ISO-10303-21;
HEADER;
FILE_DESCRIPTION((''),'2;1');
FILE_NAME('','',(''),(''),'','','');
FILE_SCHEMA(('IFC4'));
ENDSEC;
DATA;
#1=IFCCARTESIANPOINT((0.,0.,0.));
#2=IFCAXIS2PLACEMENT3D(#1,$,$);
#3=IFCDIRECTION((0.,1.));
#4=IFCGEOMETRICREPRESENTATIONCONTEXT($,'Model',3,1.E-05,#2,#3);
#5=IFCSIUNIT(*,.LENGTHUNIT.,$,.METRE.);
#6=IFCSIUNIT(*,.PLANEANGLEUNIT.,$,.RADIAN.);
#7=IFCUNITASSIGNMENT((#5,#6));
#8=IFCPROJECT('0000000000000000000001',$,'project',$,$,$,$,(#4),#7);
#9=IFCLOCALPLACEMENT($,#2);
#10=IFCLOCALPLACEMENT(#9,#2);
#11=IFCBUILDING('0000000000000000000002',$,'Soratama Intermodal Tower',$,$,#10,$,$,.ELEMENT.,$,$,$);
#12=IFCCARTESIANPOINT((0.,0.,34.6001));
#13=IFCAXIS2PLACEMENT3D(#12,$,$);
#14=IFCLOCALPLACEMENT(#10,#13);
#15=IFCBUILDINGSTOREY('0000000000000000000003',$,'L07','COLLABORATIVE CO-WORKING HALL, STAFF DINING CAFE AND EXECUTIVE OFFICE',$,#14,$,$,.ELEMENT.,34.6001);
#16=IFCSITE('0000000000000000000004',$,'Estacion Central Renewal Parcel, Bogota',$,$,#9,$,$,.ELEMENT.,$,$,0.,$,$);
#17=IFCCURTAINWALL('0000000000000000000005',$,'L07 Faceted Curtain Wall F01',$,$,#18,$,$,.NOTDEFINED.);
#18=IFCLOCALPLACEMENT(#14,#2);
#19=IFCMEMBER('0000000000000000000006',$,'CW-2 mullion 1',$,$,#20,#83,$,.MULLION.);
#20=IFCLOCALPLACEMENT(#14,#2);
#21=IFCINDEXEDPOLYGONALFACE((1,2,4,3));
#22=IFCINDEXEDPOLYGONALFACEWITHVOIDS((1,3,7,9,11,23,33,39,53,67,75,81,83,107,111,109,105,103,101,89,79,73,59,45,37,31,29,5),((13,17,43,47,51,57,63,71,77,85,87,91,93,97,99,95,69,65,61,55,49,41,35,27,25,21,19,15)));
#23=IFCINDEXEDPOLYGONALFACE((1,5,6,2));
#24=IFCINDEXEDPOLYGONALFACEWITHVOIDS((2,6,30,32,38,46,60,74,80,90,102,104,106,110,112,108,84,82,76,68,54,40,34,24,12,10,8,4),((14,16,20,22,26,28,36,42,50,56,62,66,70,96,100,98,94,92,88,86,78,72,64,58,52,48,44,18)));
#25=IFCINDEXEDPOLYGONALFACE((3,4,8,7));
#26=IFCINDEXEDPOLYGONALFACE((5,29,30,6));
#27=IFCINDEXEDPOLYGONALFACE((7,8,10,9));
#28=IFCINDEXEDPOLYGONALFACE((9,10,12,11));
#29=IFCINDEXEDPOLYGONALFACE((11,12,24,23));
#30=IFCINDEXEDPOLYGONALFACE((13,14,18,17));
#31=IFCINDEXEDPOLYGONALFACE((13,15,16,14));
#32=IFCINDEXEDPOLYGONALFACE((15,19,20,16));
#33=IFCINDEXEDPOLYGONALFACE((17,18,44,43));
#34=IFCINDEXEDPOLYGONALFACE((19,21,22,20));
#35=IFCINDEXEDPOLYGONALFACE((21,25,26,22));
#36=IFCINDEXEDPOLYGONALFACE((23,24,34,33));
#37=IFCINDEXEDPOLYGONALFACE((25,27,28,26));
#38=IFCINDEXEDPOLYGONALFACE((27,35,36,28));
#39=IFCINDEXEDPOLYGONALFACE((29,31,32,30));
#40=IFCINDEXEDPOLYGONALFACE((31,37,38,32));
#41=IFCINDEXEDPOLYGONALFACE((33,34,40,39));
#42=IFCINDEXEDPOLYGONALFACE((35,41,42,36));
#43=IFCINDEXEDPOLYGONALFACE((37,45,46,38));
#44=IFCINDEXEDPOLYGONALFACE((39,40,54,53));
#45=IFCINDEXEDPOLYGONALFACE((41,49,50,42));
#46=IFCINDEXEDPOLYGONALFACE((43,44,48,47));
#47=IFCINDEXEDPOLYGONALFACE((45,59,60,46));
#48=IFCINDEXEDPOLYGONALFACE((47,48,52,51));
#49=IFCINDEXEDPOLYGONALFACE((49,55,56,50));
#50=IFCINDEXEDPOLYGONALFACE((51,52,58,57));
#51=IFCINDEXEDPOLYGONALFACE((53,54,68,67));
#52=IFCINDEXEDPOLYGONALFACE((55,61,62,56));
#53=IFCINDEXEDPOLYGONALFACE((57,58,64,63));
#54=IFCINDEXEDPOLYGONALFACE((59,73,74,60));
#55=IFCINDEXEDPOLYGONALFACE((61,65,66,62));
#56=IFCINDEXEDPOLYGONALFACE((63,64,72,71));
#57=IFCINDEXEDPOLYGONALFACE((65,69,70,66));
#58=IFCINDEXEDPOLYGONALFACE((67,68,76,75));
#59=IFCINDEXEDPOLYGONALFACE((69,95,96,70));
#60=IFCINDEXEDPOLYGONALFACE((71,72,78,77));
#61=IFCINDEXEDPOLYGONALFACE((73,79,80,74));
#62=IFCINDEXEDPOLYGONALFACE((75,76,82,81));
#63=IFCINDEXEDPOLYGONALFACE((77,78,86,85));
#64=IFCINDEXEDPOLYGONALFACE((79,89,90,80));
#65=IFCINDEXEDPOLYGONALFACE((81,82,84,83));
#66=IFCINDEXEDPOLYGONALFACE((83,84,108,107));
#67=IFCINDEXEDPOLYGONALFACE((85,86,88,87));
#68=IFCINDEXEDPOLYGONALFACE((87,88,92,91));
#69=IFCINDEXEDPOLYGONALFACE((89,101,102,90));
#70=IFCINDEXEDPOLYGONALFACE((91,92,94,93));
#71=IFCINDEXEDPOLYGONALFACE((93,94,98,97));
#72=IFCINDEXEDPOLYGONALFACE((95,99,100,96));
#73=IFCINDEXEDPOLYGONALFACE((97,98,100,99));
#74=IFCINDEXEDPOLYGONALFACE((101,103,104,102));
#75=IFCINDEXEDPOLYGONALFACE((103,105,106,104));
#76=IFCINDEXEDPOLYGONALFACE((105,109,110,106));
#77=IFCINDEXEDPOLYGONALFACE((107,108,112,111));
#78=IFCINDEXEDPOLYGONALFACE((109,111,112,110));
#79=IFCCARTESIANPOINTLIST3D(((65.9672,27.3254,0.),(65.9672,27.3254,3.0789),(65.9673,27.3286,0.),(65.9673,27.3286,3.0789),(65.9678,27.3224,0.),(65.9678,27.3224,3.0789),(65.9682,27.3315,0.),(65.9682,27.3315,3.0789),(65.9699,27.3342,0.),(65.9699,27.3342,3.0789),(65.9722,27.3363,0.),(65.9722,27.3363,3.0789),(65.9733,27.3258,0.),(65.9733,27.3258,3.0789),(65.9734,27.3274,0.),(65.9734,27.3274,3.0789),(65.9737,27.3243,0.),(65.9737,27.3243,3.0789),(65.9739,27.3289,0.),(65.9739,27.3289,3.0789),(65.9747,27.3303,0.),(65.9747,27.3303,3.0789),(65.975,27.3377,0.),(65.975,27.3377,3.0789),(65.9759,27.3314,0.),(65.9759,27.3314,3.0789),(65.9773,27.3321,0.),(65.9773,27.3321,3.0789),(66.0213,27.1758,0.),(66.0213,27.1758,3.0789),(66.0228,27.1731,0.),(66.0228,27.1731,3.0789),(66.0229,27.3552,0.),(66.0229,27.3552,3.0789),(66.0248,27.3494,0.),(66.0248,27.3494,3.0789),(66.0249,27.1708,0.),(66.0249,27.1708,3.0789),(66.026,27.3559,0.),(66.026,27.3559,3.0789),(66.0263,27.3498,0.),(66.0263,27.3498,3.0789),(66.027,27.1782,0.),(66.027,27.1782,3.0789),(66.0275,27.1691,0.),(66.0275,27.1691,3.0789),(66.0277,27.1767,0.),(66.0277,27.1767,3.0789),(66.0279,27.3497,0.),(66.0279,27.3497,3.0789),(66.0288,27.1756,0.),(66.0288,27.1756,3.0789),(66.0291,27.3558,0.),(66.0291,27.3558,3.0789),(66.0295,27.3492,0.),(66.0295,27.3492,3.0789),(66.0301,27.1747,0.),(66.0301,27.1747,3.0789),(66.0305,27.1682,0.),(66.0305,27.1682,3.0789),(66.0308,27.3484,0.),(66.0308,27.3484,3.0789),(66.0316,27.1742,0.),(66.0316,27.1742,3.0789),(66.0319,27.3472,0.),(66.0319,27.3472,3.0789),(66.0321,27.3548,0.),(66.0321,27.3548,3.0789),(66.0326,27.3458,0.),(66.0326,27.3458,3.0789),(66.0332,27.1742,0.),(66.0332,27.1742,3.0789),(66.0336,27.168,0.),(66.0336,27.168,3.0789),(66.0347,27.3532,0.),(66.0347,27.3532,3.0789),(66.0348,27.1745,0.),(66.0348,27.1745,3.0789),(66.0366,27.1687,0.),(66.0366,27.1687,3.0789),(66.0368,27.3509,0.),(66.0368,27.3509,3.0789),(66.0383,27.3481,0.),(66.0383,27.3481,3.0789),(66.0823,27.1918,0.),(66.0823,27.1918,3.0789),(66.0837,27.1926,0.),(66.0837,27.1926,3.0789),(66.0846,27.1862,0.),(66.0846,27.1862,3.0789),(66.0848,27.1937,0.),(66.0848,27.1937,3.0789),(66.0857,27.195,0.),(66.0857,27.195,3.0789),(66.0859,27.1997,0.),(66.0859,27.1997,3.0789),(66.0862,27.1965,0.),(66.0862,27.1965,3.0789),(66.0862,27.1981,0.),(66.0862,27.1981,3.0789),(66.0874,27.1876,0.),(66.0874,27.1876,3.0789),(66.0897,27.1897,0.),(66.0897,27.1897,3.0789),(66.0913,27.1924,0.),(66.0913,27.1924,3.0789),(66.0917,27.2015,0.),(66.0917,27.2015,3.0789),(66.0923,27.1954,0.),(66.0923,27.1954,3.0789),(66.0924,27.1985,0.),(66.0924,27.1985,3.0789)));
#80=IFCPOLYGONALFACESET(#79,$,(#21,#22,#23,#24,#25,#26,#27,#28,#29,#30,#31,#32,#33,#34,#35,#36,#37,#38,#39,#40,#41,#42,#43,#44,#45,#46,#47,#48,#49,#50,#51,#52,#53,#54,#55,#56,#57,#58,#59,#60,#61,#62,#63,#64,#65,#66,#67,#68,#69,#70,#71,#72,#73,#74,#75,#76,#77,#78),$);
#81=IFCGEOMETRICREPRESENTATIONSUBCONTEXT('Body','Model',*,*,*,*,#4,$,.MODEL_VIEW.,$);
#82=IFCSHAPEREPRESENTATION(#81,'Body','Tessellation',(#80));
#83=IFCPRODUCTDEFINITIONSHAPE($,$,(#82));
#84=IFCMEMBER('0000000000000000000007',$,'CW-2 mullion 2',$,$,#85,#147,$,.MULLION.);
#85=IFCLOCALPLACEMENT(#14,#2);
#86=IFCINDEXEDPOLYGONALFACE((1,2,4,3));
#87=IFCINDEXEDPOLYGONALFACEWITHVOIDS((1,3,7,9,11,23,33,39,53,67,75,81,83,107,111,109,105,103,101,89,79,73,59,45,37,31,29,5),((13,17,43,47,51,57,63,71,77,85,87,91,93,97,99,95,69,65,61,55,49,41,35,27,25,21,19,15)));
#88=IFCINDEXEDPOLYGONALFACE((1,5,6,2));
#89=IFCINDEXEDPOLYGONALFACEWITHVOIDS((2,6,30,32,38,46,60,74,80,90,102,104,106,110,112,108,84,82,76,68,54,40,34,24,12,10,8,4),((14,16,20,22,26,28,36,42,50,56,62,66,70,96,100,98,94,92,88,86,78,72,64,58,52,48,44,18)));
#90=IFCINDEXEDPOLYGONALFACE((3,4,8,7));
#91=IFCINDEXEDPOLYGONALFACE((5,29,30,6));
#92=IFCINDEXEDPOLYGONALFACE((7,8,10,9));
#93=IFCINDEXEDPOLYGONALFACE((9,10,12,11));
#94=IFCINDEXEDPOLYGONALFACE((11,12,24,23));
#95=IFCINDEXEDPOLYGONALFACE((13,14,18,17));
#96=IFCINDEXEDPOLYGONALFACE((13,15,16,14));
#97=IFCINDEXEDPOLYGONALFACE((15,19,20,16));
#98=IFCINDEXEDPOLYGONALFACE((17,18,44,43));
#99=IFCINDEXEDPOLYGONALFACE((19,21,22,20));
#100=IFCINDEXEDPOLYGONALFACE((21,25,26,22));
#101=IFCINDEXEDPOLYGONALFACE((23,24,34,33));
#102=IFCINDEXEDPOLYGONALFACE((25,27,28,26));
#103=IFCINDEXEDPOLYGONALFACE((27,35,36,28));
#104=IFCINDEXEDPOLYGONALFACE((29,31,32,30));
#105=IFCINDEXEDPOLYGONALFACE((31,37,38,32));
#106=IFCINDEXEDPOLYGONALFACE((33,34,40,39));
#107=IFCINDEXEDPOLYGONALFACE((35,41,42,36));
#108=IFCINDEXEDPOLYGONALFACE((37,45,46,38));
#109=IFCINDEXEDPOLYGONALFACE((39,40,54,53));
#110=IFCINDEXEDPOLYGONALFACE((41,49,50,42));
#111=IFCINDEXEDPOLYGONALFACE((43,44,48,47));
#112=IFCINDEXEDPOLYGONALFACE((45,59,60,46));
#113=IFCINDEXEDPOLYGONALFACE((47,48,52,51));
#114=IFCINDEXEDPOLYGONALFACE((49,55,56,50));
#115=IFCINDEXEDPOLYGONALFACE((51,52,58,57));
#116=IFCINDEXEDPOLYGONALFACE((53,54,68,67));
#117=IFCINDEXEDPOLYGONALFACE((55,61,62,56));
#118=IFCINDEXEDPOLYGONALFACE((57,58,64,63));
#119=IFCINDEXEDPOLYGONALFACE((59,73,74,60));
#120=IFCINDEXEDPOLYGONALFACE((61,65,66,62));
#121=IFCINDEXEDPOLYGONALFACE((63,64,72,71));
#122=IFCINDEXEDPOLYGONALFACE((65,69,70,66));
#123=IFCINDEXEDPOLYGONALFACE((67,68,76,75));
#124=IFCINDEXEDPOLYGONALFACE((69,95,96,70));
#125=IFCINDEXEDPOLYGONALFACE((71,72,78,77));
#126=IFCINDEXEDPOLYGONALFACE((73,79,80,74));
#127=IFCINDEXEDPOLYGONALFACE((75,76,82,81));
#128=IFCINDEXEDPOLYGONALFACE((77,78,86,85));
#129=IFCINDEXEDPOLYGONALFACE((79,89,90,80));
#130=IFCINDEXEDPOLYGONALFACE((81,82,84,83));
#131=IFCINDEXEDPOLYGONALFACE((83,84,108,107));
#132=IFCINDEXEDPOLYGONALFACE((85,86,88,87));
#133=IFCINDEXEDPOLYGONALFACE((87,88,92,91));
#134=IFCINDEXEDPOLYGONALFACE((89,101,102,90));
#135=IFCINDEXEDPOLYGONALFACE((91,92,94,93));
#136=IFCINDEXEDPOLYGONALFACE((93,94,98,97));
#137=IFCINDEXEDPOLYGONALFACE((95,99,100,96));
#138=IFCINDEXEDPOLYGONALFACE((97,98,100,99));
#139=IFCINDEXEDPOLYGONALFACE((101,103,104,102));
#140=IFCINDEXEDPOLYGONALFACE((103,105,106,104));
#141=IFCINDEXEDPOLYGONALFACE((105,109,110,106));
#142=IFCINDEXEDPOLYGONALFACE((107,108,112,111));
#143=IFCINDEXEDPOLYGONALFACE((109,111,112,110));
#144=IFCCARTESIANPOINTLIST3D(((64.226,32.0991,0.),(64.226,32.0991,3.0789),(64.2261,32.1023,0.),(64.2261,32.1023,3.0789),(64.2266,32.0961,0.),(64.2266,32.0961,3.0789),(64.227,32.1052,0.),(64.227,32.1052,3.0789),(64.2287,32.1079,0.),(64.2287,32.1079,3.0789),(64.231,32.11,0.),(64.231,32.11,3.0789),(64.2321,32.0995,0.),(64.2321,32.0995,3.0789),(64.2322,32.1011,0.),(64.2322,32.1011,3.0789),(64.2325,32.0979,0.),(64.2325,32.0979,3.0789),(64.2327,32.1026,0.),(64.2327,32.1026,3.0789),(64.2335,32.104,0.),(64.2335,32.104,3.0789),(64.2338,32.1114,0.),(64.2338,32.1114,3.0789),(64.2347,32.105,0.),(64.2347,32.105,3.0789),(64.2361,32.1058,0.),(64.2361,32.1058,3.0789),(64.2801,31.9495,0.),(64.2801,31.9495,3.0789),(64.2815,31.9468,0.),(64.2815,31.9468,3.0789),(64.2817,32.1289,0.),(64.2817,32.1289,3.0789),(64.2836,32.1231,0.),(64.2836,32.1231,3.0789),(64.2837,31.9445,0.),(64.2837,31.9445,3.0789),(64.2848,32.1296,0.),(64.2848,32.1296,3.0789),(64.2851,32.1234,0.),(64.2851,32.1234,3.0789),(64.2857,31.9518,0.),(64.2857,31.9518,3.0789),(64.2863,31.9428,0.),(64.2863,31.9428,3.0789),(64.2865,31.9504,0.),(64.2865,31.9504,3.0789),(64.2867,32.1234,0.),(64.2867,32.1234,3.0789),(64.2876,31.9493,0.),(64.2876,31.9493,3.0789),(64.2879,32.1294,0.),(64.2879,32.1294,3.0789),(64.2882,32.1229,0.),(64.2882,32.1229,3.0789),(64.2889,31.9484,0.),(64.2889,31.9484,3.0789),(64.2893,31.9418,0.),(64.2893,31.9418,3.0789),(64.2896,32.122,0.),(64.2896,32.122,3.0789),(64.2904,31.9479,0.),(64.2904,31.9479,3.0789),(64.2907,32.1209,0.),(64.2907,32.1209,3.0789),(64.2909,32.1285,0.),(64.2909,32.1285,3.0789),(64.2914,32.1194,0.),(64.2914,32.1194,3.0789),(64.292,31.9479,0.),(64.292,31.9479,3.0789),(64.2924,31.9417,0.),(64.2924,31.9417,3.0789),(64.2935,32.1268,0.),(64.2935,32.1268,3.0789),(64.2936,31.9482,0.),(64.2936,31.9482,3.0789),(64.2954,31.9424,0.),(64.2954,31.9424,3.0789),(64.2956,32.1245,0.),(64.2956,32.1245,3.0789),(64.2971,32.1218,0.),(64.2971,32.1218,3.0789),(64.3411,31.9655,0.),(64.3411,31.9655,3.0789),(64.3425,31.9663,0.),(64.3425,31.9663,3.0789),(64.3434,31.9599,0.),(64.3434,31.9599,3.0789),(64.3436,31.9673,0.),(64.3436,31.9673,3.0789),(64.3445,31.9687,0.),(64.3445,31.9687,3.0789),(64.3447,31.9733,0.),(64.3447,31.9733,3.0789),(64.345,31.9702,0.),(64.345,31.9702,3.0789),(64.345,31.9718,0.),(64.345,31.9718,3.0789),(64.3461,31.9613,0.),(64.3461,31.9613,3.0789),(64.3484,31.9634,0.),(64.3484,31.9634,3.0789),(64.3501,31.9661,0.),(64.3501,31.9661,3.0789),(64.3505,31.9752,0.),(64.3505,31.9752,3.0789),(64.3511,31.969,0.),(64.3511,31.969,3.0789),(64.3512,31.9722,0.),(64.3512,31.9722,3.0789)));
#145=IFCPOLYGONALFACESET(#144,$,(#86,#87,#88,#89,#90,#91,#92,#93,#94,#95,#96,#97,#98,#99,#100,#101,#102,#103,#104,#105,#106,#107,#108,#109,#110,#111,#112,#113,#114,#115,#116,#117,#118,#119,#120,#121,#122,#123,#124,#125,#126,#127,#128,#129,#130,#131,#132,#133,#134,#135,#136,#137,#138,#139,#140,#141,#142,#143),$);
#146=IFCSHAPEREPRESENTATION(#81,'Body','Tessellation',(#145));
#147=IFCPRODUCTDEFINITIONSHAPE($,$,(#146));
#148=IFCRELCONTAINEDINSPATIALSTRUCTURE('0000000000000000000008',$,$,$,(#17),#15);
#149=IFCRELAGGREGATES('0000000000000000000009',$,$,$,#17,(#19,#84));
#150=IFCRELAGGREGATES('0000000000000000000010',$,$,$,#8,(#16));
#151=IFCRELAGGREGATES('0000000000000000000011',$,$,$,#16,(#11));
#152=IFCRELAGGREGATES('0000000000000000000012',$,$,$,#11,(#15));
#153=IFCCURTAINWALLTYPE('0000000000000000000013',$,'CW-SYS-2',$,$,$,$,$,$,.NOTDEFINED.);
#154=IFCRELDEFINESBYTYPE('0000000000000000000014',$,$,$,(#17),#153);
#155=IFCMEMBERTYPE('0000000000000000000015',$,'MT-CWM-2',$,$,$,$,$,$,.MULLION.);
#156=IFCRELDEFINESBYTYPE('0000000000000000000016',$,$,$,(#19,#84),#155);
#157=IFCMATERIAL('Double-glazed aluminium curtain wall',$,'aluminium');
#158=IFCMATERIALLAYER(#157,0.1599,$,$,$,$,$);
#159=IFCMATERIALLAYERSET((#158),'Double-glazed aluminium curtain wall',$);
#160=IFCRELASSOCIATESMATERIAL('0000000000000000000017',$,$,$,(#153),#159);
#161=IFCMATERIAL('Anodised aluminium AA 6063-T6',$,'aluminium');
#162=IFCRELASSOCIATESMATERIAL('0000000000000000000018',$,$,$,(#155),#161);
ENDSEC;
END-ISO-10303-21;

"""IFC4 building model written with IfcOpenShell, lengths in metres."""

from ifc_helpers import new_model, si_unit, direction, frame, origin, origin_2d, place, context, subcontext, project, spatial, hollow_rectangle, extrude, material, layer, layer_set, material_profile, profile_set, type_object, element, aggregate, save


model = new_model("IFC4")

# Units and contexts
model_context = context("Model", 3, precision=1e-05, world=origin(), true_north=direction((0.0, 1.0)))
body_context = subcontext(model_context, "Body", "Model", "MODEL_VIEW")
ifc_project = project(units=[si_unit("LENGTHUNIT", "METRE"), si_unit("PLANEANGLEUNIT", "RADIAN")], contexts=[model_context])

# Site, building, storey
site_placement = place(None, origin())
site = spatial("IfcSite", under=ifc_project, at=site_placement, Name="Estacion Central Renewal Parcel, Bogota", CompositionType="ELEMENT", RefElevation=0.0)
building_placement = place(site_placement, origin())
building = spatial("IfcBuilding", under=site, at=building_placement, Name="Soratama Intermodal Tower", CompositionType="ELEMENT")
storey_placement = place(building_placement, frame((0.0, 0.0, 34.6001)))
storey = spatial("IfcBuildingStorey", under=building, at=storey_placement, Name="L07", Description="COLLABORATIVE CO-WORKING HALL, STAFF DINING CAFE AND EXECUTIVE OFFICE", CompositionType="ELEMENT", Elevation=34.6001)

# Curtain wall, members
ifc_material_1 = material(Name="Double-glazed aluminium curtain wall", Category="aluminium")
ifc_layer_1 = layer(ifc_material_1, 0.1599)
ifc_layer_set_1 = layer_set([ifc_layer_1], Name="Double-glazed aluminium curtain wall")
curtain_wall_type = type_object("IfcCurtainWallType", Name="CW-SYS-2", PredefinedType="NOTDEFINED", material=ifc_layer_set_1)
curtain_wall_placement = place(storey_placement, origin())
curtain_wall = element("IfcCurtainWall", 1, at=curtain_wall_placement, inside=storey, type_object=curtain_wall_type, Name="L07 Faceted Curtain Wall F01", PredefinedType="NOTDEFINED")
ifc_material_2 = material(Name="Anodised aluminium AA 6063-T6", Category="aluminium")
ifc_material_profile_1 = material_profile(ifc_material_2, hollow_rectangle(XDim=0.075, YDim=0.1799, WallThickness=0.0061, InnerFilletRadius=0.0061, OuterFilletRadius=0.012, at=origin_2d()), Name="CWM180X75X6")
ifc_profile_set_1 = profile_set([ifc_material_profile_1], Name="Anodised aluminium AA 6063-T6")
member_type_1 = type_object("IfcMemberType", Name="MT-CWM-2", PredefinedType="MULLION", material=ifc_profile_set_1)
member_1_placement = place(storey_placement, frame((66.0298, 27.262, 0.0), z_axis=(0.0, 0.0, 1.0), x_axis=(-0.939453, -0.342679, 0.0)))
member_1 = element("IfcMember", 2, at=member_1_placement, type_object=member_type_1, Name="CW-2 mullion 1", PredefinedType="MULLION", context=body_context, shape_type="SweptSolid", body=[
    extrude(hollow_rectangle(XDim=0.075, YDim=0.1799, WallThickness=0.0061, InnerFilletRadius=0.0061, OuterFilletRadius=0.012, at=origin_2d()), origin(), (0.0, 0.0, 1.0), 3.0789),
])
member_2_placement = place(storey_placement, frame((64.2886, 32.0356, 0.0), z_axis=(0.0, 0.0, 1.0), x_axis=(-0.939453, -0.342679, 0.0)))
member_2 = element("IfcMember", 3, at=member_2_placement, type_object=member_type_1, Name="CW-2 mullion 2", PredefinedType="MULLION", context=body_context, shape_type="SweptSolid", body=[
    extrude(hollow_rectangle(XDim=0.075, YDim=0.1799, WallThickness=0.0061, InnerFilletRadius=0.0061, OuterFilletRadius=0.012, at=origin_2d()), origin(), (0.0, 0.0, 1.0), 3.0789),
])
aggregate(curtain_wall, [member_1, member_2])

save(model, "model.ifc")
